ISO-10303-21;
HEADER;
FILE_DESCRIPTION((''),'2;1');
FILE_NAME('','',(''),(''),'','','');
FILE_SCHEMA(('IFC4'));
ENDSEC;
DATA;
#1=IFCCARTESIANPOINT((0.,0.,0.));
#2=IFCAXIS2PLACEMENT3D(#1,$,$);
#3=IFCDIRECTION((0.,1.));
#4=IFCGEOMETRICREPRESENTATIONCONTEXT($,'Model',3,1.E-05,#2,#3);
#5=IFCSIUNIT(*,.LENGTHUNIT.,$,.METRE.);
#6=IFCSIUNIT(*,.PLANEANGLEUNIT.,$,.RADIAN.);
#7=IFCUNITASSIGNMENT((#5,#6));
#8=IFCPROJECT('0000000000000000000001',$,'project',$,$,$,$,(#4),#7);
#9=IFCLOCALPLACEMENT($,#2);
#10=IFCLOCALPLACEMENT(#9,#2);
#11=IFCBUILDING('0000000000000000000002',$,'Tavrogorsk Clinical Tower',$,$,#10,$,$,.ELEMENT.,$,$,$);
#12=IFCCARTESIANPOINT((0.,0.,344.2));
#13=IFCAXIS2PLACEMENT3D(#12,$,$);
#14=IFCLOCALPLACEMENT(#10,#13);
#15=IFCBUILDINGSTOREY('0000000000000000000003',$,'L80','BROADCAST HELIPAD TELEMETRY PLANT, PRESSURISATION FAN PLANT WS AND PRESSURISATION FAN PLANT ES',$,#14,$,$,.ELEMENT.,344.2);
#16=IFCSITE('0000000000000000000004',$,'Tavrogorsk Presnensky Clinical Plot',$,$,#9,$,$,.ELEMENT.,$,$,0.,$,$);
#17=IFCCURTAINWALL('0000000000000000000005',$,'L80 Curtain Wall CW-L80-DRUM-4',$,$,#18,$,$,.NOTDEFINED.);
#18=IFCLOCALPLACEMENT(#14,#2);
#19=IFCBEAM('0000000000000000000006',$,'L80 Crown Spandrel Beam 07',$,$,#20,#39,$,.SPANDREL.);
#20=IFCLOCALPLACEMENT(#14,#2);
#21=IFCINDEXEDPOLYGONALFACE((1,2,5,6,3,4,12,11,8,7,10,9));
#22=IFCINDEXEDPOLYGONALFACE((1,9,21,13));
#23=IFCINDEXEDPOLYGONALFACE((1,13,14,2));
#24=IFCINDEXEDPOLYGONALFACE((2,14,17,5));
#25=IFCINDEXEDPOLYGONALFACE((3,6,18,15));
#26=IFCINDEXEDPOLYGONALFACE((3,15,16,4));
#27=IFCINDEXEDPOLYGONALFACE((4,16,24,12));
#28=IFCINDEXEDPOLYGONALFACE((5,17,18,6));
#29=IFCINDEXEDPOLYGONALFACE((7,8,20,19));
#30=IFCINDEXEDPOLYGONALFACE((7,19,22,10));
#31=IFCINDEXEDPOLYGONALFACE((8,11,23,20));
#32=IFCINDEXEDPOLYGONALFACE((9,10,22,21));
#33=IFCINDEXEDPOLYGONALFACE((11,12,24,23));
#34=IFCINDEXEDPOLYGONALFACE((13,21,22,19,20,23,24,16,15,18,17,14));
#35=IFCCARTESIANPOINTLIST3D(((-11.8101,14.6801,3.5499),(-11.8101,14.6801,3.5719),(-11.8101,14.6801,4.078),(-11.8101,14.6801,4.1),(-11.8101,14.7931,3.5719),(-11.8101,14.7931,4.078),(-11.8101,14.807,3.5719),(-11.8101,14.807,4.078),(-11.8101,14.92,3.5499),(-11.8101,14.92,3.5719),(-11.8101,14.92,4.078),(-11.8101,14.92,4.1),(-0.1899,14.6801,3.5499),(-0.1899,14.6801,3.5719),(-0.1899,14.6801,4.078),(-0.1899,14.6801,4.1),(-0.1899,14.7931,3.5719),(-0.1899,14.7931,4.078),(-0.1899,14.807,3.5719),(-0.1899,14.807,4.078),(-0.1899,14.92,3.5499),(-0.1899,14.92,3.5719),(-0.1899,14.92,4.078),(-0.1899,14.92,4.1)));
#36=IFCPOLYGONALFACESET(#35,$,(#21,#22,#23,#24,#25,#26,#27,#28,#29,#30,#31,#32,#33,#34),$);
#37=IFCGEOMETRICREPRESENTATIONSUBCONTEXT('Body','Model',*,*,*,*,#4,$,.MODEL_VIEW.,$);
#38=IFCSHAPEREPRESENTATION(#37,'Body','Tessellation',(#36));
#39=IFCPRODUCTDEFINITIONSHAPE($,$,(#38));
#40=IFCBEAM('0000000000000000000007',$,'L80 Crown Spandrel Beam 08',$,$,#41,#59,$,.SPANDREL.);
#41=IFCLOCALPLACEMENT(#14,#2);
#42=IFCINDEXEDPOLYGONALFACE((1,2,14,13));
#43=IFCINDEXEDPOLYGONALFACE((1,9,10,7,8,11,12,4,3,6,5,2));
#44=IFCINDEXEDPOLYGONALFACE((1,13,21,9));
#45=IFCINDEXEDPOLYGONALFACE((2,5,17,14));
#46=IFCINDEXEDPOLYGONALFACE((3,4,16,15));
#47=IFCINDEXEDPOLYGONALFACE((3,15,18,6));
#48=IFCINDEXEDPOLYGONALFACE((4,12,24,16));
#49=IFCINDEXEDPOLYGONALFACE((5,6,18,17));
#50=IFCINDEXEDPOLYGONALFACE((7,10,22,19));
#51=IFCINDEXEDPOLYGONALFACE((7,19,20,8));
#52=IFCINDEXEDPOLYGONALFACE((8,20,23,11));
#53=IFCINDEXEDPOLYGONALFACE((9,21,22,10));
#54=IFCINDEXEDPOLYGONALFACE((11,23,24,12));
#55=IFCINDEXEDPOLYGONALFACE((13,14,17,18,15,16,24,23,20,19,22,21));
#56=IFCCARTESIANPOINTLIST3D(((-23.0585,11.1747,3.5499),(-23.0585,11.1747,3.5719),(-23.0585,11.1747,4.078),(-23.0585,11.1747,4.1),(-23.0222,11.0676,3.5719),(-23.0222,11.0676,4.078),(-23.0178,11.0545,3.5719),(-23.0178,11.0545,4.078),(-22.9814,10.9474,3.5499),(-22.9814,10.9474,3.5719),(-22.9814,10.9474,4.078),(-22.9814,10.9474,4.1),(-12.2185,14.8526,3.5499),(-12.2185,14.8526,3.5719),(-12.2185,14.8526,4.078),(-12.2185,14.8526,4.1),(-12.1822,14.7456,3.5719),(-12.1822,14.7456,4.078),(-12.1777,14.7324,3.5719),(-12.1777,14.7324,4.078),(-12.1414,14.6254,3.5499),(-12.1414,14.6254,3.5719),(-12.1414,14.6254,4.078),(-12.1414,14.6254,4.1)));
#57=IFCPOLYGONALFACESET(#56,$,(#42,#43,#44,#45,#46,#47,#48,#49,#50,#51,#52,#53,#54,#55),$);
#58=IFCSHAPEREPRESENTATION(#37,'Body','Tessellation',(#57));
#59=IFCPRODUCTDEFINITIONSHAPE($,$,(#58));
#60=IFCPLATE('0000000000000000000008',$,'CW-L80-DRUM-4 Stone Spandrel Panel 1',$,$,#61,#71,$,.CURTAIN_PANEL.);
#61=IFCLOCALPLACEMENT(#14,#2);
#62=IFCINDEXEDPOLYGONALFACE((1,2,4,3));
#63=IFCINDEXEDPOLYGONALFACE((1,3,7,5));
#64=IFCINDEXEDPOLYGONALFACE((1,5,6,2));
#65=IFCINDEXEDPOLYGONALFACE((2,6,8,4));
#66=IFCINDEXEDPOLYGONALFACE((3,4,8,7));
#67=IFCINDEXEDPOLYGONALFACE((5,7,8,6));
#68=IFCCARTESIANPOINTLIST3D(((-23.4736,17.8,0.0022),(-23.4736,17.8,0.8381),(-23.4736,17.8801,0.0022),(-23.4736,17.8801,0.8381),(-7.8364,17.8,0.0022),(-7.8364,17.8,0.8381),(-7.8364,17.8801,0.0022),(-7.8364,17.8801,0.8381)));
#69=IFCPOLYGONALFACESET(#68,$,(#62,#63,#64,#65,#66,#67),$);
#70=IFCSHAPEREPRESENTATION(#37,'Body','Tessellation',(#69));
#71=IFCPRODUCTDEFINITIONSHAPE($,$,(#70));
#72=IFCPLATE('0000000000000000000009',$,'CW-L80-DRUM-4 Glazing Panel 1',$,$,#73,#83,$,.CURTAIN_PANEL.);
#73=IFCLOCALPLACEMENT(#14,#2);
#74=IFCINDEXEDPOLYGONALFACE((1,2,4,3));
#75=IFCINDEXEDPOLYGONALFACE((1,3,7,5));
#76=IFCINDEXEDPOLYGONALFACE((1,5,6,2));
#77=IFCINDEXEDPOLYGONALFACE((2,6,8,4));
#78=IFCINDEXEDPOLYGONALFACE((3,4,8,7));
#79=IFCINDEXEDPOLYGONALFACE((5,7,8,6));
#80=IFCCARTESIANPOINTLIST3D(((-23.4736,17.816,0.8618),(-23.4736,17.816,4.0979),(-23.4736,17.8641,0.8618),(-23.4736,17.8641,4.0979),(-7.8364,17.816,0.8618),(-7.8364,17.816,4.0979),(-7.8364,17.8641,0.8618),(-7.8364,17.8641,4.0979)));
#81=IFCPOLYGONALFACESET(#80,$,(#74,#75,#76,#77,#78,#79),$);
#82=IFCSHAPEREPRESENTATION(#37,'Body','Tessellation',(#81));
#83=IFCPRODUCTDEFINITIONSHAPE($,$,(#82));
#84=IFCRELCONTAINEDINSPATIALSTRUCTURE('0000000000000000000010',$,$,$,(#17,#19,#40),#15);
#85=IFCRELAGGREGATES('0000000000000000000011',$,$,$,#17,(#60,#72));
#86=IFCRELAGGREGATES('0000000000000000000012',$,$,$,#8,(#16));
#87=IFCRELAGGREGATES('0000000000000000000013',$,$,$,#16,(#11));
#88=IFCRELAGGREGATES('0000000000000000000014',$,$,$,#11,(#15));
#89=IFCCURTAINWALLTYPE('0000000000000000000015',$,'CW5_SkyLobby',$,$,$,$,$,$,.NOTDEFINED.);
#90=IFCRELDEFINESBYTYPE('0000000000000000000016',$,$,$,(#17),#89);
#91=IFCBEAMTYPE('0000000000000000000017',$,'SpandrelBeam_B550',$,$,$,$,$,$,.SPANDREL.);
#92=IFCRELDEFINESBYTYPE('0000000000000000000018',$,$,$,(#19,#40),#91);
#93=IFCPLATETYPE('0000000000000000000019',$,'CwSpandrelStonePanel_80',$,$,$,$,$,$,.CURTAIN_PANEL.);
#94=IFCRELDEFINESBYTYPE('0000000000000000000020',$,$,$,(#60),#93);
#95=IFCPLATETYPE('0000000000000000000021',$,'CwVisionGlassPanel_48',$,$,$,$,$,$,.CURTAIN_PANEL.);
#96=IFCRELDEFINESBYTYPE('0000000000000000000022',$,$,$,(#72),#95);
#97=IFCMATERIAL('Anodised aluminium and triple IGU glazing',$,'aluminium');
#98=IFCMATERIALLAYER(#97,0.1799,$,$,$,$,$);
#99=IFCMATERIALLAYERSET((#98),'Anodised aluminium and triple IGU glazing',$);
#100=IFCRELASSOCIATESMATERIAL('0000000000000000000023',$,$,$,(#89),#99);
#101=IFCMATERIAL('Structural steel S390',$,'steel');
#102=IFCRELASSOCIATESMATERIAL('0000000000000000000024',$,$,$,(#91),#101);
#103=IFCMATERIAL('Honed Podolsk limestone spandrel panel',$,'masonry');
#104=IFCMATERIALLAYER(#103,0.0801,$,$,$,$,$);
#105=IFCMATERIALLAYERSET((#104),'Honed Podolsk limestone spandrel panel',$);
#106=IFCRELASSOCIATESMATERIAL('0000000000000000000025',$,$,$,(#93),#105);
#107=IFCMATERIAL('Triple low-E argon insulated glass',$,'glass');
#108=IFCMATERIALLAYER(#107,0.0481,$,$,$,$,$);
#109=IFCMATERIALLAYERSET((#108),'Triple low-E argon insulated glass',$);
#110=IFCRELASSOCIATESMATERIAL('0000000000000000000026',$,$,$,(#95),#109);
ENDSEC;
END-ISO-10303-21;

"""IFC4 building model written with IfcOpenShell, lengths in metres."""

from ifc_helpers import new_model, si_unit, direction, frame, origin, origin_2d, place, context, subcontext, project, spatial, rectangle, i_section, extrude, material, layer, layer_set, material_profile, profile_set, type_object, element, aggregate, save


model = new_model("IFC4")

# Units and contexts
model_context = context("Model", 3, precision=1e-05, world=origin(), true_north=direction((0.0, 1.0)))
body_context = subcontext(model_context, "Body", "Model", "MODEL_VIEW")
ifc_project = project(units=[si_unit("LENGTHUNIT", "METRE"), si_unit("PLANEANGLEUNIT", "RADIAN")], contexts=[model_context])

# Site, building, storey
site_placement = place(None, origin())
site = spatial("IfcSite", under=ifc_project, at=site_placement, Name="Tavrogorsk Presnensky Clinical Plot", CompositionType="ELEMENT", RefElevation=0.0)
building_placement = place(site_placement, origin())
building = spatial("IfcBuilding", under=site, at=building_placement, Name="Tavrogorsk Clinical Tower", CompositionType="ELEMENT")
storey_placement = place(building_placement, frame((0.0, 0.0, 344.2)))
storey = spatial("IfcBuildingStorey", under=building, at=storey_placement, Name="L80", Description="BROADCAST HELIPAD TELEMETRY PLANT, PRESSURISATION FAN PLANT WS AND PRESSURISATION FAN PLANT ES", CompositionType="ELEMENT", Elevation=344.2)

# Curtain wall
ifc_material_1 = material(Name="Anodised aluminium and triple IGU glazing", Category="aluminium")
ifc_layer_1 = layer(ifc_material_1, 0.1799)
ifc_layer_set_1 = layer_set([ifc_layer_1], Name="Anodised aluminium and triple IGU glazing")
curtain_wall_type = type_object("IfcCurtainWallType", Name="CW5_SkyLobby", PredefinedType="NOTDEFINED", material=ifc_layer_set_1)
curtain_wall_placement = place(storey_placement, origin())
curtain_wall = element("IfcCurtainWall", 1, at=curtain_wall_placement, inside=storey, type_object=curtain_wall_type, Name="L80 Curtain Wall CW-L80-DRUM-4", PredefinedType="NOTDEFINED")

# Beams
ifc_material_2 = material(Name="Structural steel S390", Category="steel")
ifc_material_profile_1 = material_profile(ifc_material_2, i_section(OverallWidth=0.24, OverallDepth=0.55, WebThickness=0.0139, FlangeThickness=0.022, at=origin_2d()), Name="B-550x240x14x22")
ifc_profile_set_1 = profile_set([ifc_material_profile_1], Name="Structural steel S390")
beam_type_1 = type_object("IfcBeamType", Name="SpandrelBeam_B550", PredefinedType="SPANDREL", material=ifc_profile_set_1)
beam_1_placement = place(storey_placement, frame((-0.1899, 14.8, 3.825), z_axis=(-1.0, 0.0, 0.0), x_axis=(0.0, -1.0, 0.0)))
element("IfcBeam", 2, at=beam_1_placement, inside=storey, type_object=beam_type_1, Name="L80 Crown Spandrel Beam 07", PredefinedType="SPANDREL", context=body_context, shape_type="SweptSolid", body=[
    extrude(i_section(OverallWidth=0.24, OverallDepth=0.55, WebThickness=0.0139, FlangeThickness=0.022, at=origin_2d()), origin(), (0.0, 0.0, 1.0), 11.6201),
])
beam_2_placement = place(storey_placement, frame((-12.1799, 14.739, 3.825), z_axis=(-0.946976, -0.321304, 0.0), x_axis=(0.321304, -0.946976, 0.0)))
element("IfcBeam", 3, at=beam_2_placement, inside=storey, type_object=beam_type_1, Name="L80 Crown Spandrel Beam 08", PredefinedType="SPANDREL", context=body_context, shape_type="SweptSolid", body=[
    extrude(i_section(OverallWidth=0.24, OverallDepth=0.55, WebThickness=0.0139, FlangeThickness=0.022, at=origin_2d()), origin(), (0.0, 0.0, 1.0), 11.447),
])

# Plates
ifc_material_3 = material(Name="Honed Podolsk limestone spandrel panel", Category="masonry")
ifc_layer_2 = layer(ifc_material_3, 0.0801)
ifc_layer_set_2 = layer_set([ifc_layer_2], Name="Honed Podolsk limestone spandrel panel")
plate_type_1 = type_object("IfcPlateType", Name="CwSpandrelStonePanel_80", PredefinedType="CURTAIN_PANEL", material=ifc_layer_set_2)
plate_1_placement = place(storey_placement, frame((-15.655, 17.8401, 0.0022), z_axis=(0.0, 0.0, 1.0), x_axis=(1.0, 0.0, 0.0)))
plate_1 = element("IfcPlate", 4, at=plate_1_placement, type_object=plate_type_1, Name="CW-L80-DRUM-4 Stone Spandrel Panel 1", PredefinedType="CURTAIN_PANEL", context=body_context, shape_type="SweptSolid", body=[
    extrude(rectangle(XDim=15.6372, YDim=0.0801, at=origin_2d()), origin(), (0.0, 0.0, 1.0), 0.8359),
])
ifc_material_4 = material(Name="Triple low-E argon insulated glass", Category="glass")
ifc_layer_3 = layer(ifc_material_4, 0.0481)
ifc_layer_set_3 = layer_set([ifc_layer_3], Name="Triple low-E argon insulated glass")
plate_type_2 = type_object("IfcPlateType", Name="CwVisionGlassPanel_48", PredefinedType="CURTAIN_PANEL", material=ifc_layer_set_3)
plate_2_placement = place(storey_placement, frame((-15.655, 17.8401, 0.8618), z_axis=(0.0, 0.0, 1.0), x_axis=(1.0, 0.0, 0.0)))
plate_2 = element("IfcPlate", 5, at=plate_2_placement, type_object=plate_type_2, Name="CW-L80-DRUM-4 Glazing Panel 1", PredefinedType="CURTAIN_PANEL", context=body_context, shape_type="SweptSolid", body=[
    extrude(rectangle(XDim=15.6372, YDim=0.0481, at=origin_2d()), origin(), (0.0, 0.0, 1.0), 3.2361),
])
aggregate(curtain_wall, [plate_1, plate_2])

save(model, "model.ifc")
